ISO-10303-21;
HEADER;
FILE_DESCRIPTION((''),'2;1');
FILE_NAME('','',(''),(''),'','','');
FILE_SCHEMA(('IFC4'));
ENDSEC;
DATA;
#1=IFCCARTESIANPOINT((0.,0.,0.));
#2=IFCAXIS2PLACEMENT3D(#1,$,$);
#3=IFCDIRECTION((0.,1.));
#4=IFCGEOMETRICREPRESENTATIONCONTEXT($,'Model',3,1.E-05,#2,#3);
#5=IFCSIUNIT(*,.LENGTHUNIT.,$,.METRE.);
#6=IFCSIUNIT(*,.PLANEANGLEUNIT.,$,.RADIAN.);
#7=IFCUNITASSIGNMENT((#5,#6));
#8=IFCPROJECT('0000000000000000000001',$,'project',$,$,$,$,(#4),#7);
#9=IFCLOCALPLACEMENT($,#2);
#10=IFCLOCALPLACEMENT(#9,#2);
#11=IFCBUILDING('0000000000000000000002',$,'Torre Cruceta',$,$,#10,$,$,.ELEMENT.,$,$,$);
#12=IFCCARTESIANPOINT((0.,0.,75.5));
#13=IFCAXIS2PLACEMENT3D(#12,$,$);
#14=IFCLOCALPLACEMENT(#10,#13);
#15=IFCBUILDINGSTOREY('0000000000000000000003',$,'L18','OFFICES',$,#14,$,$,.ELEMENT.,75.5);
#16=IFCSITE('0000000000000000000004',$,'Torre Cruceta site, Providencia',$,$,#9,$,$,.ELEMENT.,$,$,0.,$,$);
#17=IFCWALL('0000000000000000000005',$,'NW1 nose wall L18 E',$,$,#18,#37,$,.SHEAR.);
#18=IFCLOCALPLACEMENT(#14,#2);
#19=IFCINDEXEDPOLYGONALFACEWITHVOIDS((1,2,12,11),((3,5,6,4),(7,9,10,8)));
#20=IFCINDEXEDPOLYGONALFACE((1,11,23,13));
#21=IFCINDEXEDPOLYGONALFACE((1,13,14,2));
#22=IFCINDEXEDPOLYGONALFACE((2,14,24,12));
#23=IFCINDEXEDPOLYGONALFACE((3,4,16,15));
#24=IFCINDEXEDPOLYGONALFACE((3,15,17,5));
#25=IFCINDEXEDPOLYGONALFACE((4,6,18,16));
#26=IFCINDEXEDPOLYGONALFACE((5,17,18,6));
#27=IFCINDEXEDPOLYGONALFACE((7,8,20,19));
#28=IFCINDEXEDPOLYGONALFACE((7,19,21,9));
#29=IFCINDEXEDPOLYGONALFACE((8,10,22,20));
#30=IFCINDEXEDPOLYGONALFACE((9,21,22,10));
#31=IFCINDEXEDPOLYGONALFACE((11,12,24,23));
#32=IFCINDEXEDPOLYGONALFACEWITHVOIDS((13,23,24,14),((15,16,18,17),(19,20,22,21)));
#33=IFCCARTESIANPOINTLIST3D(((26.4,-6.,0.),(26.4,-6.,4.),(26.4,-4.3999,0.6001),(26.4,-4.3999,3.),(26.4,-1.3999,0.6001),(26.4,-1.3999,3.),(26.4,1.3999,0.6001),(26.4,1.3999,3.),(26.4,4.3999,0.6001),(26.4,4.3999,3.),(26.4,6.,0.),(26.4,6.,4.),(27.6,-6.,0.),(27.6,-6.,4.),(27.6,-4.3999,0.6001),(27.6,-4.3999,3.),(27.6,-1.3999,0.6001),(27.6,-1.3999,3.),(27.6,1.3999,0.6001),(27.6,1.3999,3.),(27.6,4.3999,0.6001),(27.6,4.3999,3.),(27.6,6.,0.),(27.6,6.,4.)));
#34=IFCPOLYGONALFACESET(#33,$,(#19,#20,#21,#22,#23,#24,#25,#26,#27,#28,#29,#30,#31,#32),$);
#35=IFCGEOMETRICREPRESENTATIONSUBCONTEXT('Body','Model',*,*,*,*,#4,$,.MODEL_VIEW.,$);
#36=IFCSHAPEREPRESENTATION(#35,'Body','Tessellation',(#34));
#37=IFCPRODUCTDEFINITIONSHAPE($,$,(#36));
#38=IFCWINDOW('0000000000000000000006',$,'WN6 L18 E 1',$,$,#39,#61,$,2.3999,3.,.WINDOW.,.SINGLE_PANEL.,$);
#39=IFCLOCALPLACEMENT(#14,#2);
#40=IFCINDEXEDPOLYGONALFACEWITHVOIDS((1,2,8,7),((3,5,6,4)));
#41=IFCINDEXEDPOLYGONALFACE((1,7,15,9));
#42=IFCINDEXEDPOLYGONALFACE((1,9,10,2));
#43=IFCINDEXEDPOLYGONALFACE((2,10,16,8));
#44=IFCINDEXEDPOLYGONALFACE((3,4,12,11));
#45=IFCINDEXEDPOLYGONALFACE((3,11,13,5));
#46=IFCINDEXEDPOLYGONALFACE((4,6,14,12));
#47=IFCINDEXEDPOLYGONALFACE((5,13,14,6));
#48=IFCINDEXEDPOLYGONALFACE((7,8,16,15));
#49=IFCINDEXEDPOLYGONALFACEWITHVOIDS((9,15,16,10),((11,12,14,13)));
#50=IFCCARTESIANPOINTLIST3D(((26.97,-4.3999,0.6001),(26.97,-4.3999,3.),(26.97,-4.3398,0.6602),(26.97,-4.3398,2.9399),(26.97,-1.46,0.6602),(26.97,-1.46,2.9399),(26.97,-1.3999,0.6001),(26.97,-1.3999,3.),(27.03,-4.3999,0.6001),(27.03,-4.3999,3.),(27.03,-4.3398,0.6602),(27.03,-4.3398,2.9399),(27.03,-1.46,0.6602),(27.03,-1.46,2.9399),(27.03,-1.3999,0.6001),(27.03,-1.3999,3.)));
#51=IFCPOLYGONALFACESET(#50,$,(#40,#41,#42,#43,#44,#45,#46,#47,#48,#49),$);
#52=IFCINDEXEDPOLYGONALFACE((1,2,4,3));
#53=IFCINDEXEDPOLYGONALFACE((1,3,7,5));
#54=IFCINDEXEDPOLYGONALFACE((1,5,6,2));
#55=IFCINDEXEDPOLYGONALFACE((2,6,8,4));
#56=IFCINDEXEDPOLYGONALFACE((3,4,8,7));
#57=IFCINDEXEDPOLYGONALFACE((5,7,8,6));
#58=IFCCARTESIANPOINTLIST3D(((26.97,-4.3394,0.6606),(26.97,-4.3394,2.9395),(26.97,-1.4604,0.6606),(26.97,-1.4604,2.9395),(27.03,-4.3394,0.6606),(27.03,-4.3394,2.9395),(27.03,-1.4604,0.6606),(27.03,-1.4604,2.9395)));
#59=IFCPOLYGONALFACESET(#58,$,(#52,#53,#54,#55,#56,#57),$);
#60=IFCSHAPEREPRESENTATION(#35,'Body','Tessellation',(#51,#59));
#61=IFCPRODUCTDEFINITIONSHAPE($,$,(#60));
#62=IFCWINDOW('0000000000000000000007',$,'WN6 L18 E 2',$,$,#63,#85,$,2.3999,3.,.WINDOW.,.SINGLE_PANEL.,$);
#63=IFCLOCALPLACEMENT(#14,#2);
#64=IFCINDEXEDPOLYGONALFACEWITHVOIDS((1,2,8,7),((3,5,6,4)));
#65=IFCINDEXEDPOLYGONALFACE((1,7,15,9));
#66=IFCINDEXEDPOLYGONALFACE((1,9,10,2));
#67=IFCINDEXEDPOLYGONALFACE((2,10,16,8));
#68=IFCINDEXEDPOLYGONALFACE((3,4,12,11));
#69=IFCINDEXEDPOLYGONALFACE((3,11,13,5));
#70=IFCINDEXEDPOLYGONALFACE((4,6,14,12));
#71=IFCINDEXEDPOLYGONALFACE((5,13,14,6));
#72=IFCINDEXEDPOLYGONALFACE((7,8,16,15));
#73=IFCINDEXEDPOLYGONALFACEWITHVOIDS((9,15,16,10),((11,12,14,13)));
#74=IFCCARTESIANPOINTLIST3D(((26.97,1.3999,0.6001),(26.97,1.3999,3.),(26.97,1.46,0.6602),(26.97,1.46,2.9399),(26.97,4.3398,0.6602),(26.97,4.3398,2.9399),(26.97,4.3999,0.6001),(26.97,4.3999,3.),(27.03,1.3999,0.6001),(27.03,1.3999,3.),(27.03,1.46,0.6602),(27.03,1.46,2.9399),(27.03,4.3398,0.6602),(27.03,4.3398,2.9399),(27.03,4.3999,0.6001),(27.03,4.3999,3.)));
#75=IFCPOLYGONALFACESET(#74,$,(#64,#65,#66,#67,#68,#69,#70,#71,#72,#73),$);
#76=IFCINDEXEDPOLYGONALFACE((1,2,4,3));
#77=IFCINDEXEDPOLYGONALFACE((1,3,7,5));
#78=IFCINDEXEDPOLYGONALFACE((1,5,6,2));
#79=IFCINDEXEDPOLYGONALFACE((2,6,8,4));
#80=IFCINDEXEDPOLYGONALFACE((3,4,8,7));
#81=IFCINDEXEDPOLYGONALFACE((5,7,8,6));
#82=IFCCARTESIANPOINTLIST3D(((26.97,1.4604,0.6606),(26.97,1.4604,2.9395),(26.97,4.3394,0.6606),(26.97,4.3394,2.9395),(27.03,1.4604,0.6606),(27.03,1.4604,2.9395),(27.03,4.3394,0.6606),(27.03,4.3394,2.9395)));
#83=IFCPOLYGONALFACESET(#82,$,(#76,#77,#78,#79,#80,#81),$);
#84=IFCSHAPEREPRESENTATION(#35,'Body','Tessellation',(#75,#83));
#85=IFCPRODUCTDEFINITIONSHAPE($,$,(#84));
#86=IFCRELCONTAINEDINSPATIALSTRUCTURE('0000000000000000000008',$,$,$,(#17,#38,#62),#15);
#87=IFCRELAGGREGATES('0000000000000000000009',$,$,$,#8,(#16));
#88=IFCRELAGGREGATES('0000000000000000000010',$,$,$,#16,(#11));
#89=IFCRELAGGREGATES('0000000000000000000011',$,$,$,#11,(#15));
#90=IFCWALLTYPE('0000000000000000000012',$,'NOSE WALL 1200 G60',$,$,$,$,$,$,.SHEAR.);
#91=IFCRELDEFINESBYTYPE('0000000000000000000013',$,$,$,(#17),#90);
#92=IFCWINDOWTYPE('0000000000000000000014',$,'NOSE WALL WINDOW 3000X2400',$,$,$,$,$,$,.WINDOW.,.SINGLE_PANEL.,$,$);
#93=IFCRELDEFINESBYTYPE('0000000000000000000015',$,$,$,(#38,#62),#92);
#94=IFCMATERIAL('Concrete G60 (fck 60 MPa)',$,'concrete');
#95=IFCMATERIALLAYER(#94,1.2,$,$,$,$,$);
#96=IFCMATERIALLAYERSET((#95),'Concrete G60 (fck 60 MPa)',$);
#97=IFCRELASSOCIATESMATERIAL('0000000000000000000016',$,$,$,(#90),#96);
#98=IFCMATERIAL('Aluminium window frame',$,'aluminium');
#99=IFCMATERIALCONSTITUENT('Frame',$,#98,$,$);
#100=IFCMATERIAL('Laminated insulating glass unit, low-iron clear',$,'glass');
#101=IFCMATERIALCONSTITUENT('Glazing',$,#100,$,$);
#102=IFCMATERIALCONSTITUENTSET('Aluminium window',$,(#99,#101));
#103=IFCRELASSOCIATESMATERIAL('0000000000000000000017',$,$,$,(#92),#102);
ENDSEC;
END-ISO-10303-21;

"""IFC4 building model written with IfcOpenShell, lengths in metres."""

from ifc_helpers import new_model, si_unit, direction, frame, frame_2d, origin, place, context, subcontext, project, spatial, rectangle, hollow_rectangle, extrude, material, layer, layer_set, constituent, constituent_set, type_object, element, fill, save


model = new_model("IFC4")

# Units and contexts
model_context = context("Model", 3, precision=1e-05, world=origin(), true_north=direction((0.0, 1.0)))
body_context = subcontext(model_context, "Body", "Model", "MODEL_VIEW")
ifc_project = project(units=[si_unit("LENGTHUNIT", "METRE"), si_unit("PLANEANGLEUNIT", "RADIAN")], contexts=[model_context])

# Site, building, storey
site_placement = place(None, origin())
site = spatial("IfcSite", under=ifc_project, at=site_placement, Name="Torre Cruceta site, Providencia", CompositionType="ELEMENT", RefElevation=0.0)
building_placement = place(site_placement, origin())
building = spatial("IfcBuilding", under=site, at=building_placement, Name="Torre Cruceta", CompositionType="ELEMENT")
storey_placement = place(building_placement, frame((0.0, 0.0, 75.5)))
storey = spatial("IfcBuildingStorey", under=building, at=storey_placement, Name="L18", Description="OFFICES", CompositionType="ELEMENT", Elevation=75.5)

# Wall, openings, windows
ifc_material_1 = material(Name="Concrete G60 (fck 60 MPa)", Category="concrete")
ifc_layer = layer(ifc_material_1, 1.2)
ifc_layer_set = layer_set([ifc_layer], Name="Concrete G60 (fck 60 MPa)")
wall_type = type_object("IfcWallType", Name="NOSE WALL 1200 G60", PredefinedType="SHEAR", material=ifc_layer_set)
wall_placement = place(storey_placement, frame((27.0, -6.0, 0.0), z_axis=(0.0, 0.0, 1.0), x_axis=(0.0, 1.0, 0.0)))
wall = element("IfcWall", 1, at=wall_placement, inside=storey, type_object=wall_type, Name="NW1 nose wall L18 E", PredefinedType="SHEAR", context=body_context, shape_type="SweptSolid", body=[
    extrude(rectangle(XDim=12.0, YDim=1.2, at=frame_2d((6.0, 0.0))), origin(), (0.0, 0.0, 1.0), 4.0),
])
opening_1_placement = place(wall_placement, frame((1.6001, 0.0, 0.6001)))
opening_1 = element("IfcOpeningElement", 2, at=opening_1_placement, cuts=wall, PredefinedType="OPENING", context=body_context, shape_type="SweptSolid", body=[
    extrude(rectangle(XDim=3.0, YDim=2.3999, at=frame_2d((1.5, 1.2))), frame((0.0, 0.6099, 0.0), z_axis=(0.0, -1.0, 0.0), x_axis=(1.0, 0.0, 0.0)), (0.0, 0.0, 1.0), 1.22),
])
opening_2_placement = place(wall_placement, frame((7.3999, 0.0, 0.6001)))
opening_2 = element("IfcOpeningElement", 3, at=opening_2_placement, cuts=wall, PredefinedType="OPENING", context=body_context, shape_type="SweptSolid", body=[
    extrude(rectangle(XDim=3.0, YDim=2.3999, at=frame_2d((1.5, 1.2))), frame((0.0, 0.6099, 0.0), z_axis=(0.0, -1.0, 0.0), x_axis=(1.0, 0.0, 0.0)), (0.0, 0.0, 1.0), 1.22),
])
ifc_material_2 = material(Name="Aluminium window frame", Category="aluminium")
ifc_constituent_1 = constituent(ifc_material_2, Name="Frame")
ifc_material_3 = material(Name="Laminated insulating glass unit, low-iron clear", Category="glass")
ifc_constituent_2 = constituent(ifc_material_3, Name="Glazing")
ifc_constituent_set = constituent_set(constituents=[ifc_constituent_1, ifc_constituent_2], Name="Aluminium window")
window_type = type_object("IfcWindowType", Name="NOSE WALL WINDOW 3000X2400", PartitioningType="SINGLE_PANEL", PredefinedType="WINDOW", material=ifc_constituent_set)
window_1_placement = place(opening_1_placement, origin())
window_1 = element("IfcWindow", 4, at=window_1_placement, inside=storey, type_object=window_type, Name="WN6 L18 E 1", OverallHeight=2.3999, OverallWidth=3.0, PartitioningType="SINGLE_PANEL", PredefinedType="WINDOW", context=body_context, shape_type="SweptSolid", body=[
    extrude(hollow_rectangle(XDim=3.0, YDim=2.3999, WallThickness=0.0601, at=frame_2d((1.5, 1.2))), frame((0.0, 0.03, 0.0), z_axis=(0.0, -1.0, 0.0), x_axis=(1.0, 0.0, 0.0)), (0.0, 0.0, 1.0), 0.0601),
    extrude(rectangle(XDim=2.8789, YDim=2.2788, at=frame_2d((1.5, 1.2))), frame((0.0, 0.03, 0.0), z_axis=(0.0, -1.0, 0.0), x_axis=(1.0, 0.0, 0.0)), (0.0, 0.0, 1.0), 0.0601),
])
fill(opening_1, window_1)
window_2_placement = place(opening_2_placement, origin())
window_2 = element("IfcWindow", 5, at=window_2_placement, inside=storey, type_object=window_type, Name="WN6 L18 E 2", OverallHeight=2.3999, OverallWidth=3.0, PartitioningType="SINGLE_PANEL", PredefinedType="WINDOW", context=body_context, shape_type="SweptSolid", body=[
    extrude(hollow_rectangle(XDim=3.0, YDim=2.3999, WallThickness=0.0601, at=frame_2d((1.5, 1.2))), frame((0.0, 0.03, 0.0), z_axis=(0.0, -1.0, 0.0), x_axis=(1.0, 0.0, 0.0)), (0.0, 0.0, 1.0), 0.0601),
    extrude(rectangle(XDim=2.8789, YDim=2.2788, at=frame_2d((1.5, 1.2))), frame((0.0, 0.03, 0.0), z_axis=(0.0, -1.0, 0.0), x_axis=(1.0, 0.0, 0.0)), (0.0, 0.0, 1.0), 0.0601),
])
fill(opening_2, window_2)

save(model, "model.ifc")
